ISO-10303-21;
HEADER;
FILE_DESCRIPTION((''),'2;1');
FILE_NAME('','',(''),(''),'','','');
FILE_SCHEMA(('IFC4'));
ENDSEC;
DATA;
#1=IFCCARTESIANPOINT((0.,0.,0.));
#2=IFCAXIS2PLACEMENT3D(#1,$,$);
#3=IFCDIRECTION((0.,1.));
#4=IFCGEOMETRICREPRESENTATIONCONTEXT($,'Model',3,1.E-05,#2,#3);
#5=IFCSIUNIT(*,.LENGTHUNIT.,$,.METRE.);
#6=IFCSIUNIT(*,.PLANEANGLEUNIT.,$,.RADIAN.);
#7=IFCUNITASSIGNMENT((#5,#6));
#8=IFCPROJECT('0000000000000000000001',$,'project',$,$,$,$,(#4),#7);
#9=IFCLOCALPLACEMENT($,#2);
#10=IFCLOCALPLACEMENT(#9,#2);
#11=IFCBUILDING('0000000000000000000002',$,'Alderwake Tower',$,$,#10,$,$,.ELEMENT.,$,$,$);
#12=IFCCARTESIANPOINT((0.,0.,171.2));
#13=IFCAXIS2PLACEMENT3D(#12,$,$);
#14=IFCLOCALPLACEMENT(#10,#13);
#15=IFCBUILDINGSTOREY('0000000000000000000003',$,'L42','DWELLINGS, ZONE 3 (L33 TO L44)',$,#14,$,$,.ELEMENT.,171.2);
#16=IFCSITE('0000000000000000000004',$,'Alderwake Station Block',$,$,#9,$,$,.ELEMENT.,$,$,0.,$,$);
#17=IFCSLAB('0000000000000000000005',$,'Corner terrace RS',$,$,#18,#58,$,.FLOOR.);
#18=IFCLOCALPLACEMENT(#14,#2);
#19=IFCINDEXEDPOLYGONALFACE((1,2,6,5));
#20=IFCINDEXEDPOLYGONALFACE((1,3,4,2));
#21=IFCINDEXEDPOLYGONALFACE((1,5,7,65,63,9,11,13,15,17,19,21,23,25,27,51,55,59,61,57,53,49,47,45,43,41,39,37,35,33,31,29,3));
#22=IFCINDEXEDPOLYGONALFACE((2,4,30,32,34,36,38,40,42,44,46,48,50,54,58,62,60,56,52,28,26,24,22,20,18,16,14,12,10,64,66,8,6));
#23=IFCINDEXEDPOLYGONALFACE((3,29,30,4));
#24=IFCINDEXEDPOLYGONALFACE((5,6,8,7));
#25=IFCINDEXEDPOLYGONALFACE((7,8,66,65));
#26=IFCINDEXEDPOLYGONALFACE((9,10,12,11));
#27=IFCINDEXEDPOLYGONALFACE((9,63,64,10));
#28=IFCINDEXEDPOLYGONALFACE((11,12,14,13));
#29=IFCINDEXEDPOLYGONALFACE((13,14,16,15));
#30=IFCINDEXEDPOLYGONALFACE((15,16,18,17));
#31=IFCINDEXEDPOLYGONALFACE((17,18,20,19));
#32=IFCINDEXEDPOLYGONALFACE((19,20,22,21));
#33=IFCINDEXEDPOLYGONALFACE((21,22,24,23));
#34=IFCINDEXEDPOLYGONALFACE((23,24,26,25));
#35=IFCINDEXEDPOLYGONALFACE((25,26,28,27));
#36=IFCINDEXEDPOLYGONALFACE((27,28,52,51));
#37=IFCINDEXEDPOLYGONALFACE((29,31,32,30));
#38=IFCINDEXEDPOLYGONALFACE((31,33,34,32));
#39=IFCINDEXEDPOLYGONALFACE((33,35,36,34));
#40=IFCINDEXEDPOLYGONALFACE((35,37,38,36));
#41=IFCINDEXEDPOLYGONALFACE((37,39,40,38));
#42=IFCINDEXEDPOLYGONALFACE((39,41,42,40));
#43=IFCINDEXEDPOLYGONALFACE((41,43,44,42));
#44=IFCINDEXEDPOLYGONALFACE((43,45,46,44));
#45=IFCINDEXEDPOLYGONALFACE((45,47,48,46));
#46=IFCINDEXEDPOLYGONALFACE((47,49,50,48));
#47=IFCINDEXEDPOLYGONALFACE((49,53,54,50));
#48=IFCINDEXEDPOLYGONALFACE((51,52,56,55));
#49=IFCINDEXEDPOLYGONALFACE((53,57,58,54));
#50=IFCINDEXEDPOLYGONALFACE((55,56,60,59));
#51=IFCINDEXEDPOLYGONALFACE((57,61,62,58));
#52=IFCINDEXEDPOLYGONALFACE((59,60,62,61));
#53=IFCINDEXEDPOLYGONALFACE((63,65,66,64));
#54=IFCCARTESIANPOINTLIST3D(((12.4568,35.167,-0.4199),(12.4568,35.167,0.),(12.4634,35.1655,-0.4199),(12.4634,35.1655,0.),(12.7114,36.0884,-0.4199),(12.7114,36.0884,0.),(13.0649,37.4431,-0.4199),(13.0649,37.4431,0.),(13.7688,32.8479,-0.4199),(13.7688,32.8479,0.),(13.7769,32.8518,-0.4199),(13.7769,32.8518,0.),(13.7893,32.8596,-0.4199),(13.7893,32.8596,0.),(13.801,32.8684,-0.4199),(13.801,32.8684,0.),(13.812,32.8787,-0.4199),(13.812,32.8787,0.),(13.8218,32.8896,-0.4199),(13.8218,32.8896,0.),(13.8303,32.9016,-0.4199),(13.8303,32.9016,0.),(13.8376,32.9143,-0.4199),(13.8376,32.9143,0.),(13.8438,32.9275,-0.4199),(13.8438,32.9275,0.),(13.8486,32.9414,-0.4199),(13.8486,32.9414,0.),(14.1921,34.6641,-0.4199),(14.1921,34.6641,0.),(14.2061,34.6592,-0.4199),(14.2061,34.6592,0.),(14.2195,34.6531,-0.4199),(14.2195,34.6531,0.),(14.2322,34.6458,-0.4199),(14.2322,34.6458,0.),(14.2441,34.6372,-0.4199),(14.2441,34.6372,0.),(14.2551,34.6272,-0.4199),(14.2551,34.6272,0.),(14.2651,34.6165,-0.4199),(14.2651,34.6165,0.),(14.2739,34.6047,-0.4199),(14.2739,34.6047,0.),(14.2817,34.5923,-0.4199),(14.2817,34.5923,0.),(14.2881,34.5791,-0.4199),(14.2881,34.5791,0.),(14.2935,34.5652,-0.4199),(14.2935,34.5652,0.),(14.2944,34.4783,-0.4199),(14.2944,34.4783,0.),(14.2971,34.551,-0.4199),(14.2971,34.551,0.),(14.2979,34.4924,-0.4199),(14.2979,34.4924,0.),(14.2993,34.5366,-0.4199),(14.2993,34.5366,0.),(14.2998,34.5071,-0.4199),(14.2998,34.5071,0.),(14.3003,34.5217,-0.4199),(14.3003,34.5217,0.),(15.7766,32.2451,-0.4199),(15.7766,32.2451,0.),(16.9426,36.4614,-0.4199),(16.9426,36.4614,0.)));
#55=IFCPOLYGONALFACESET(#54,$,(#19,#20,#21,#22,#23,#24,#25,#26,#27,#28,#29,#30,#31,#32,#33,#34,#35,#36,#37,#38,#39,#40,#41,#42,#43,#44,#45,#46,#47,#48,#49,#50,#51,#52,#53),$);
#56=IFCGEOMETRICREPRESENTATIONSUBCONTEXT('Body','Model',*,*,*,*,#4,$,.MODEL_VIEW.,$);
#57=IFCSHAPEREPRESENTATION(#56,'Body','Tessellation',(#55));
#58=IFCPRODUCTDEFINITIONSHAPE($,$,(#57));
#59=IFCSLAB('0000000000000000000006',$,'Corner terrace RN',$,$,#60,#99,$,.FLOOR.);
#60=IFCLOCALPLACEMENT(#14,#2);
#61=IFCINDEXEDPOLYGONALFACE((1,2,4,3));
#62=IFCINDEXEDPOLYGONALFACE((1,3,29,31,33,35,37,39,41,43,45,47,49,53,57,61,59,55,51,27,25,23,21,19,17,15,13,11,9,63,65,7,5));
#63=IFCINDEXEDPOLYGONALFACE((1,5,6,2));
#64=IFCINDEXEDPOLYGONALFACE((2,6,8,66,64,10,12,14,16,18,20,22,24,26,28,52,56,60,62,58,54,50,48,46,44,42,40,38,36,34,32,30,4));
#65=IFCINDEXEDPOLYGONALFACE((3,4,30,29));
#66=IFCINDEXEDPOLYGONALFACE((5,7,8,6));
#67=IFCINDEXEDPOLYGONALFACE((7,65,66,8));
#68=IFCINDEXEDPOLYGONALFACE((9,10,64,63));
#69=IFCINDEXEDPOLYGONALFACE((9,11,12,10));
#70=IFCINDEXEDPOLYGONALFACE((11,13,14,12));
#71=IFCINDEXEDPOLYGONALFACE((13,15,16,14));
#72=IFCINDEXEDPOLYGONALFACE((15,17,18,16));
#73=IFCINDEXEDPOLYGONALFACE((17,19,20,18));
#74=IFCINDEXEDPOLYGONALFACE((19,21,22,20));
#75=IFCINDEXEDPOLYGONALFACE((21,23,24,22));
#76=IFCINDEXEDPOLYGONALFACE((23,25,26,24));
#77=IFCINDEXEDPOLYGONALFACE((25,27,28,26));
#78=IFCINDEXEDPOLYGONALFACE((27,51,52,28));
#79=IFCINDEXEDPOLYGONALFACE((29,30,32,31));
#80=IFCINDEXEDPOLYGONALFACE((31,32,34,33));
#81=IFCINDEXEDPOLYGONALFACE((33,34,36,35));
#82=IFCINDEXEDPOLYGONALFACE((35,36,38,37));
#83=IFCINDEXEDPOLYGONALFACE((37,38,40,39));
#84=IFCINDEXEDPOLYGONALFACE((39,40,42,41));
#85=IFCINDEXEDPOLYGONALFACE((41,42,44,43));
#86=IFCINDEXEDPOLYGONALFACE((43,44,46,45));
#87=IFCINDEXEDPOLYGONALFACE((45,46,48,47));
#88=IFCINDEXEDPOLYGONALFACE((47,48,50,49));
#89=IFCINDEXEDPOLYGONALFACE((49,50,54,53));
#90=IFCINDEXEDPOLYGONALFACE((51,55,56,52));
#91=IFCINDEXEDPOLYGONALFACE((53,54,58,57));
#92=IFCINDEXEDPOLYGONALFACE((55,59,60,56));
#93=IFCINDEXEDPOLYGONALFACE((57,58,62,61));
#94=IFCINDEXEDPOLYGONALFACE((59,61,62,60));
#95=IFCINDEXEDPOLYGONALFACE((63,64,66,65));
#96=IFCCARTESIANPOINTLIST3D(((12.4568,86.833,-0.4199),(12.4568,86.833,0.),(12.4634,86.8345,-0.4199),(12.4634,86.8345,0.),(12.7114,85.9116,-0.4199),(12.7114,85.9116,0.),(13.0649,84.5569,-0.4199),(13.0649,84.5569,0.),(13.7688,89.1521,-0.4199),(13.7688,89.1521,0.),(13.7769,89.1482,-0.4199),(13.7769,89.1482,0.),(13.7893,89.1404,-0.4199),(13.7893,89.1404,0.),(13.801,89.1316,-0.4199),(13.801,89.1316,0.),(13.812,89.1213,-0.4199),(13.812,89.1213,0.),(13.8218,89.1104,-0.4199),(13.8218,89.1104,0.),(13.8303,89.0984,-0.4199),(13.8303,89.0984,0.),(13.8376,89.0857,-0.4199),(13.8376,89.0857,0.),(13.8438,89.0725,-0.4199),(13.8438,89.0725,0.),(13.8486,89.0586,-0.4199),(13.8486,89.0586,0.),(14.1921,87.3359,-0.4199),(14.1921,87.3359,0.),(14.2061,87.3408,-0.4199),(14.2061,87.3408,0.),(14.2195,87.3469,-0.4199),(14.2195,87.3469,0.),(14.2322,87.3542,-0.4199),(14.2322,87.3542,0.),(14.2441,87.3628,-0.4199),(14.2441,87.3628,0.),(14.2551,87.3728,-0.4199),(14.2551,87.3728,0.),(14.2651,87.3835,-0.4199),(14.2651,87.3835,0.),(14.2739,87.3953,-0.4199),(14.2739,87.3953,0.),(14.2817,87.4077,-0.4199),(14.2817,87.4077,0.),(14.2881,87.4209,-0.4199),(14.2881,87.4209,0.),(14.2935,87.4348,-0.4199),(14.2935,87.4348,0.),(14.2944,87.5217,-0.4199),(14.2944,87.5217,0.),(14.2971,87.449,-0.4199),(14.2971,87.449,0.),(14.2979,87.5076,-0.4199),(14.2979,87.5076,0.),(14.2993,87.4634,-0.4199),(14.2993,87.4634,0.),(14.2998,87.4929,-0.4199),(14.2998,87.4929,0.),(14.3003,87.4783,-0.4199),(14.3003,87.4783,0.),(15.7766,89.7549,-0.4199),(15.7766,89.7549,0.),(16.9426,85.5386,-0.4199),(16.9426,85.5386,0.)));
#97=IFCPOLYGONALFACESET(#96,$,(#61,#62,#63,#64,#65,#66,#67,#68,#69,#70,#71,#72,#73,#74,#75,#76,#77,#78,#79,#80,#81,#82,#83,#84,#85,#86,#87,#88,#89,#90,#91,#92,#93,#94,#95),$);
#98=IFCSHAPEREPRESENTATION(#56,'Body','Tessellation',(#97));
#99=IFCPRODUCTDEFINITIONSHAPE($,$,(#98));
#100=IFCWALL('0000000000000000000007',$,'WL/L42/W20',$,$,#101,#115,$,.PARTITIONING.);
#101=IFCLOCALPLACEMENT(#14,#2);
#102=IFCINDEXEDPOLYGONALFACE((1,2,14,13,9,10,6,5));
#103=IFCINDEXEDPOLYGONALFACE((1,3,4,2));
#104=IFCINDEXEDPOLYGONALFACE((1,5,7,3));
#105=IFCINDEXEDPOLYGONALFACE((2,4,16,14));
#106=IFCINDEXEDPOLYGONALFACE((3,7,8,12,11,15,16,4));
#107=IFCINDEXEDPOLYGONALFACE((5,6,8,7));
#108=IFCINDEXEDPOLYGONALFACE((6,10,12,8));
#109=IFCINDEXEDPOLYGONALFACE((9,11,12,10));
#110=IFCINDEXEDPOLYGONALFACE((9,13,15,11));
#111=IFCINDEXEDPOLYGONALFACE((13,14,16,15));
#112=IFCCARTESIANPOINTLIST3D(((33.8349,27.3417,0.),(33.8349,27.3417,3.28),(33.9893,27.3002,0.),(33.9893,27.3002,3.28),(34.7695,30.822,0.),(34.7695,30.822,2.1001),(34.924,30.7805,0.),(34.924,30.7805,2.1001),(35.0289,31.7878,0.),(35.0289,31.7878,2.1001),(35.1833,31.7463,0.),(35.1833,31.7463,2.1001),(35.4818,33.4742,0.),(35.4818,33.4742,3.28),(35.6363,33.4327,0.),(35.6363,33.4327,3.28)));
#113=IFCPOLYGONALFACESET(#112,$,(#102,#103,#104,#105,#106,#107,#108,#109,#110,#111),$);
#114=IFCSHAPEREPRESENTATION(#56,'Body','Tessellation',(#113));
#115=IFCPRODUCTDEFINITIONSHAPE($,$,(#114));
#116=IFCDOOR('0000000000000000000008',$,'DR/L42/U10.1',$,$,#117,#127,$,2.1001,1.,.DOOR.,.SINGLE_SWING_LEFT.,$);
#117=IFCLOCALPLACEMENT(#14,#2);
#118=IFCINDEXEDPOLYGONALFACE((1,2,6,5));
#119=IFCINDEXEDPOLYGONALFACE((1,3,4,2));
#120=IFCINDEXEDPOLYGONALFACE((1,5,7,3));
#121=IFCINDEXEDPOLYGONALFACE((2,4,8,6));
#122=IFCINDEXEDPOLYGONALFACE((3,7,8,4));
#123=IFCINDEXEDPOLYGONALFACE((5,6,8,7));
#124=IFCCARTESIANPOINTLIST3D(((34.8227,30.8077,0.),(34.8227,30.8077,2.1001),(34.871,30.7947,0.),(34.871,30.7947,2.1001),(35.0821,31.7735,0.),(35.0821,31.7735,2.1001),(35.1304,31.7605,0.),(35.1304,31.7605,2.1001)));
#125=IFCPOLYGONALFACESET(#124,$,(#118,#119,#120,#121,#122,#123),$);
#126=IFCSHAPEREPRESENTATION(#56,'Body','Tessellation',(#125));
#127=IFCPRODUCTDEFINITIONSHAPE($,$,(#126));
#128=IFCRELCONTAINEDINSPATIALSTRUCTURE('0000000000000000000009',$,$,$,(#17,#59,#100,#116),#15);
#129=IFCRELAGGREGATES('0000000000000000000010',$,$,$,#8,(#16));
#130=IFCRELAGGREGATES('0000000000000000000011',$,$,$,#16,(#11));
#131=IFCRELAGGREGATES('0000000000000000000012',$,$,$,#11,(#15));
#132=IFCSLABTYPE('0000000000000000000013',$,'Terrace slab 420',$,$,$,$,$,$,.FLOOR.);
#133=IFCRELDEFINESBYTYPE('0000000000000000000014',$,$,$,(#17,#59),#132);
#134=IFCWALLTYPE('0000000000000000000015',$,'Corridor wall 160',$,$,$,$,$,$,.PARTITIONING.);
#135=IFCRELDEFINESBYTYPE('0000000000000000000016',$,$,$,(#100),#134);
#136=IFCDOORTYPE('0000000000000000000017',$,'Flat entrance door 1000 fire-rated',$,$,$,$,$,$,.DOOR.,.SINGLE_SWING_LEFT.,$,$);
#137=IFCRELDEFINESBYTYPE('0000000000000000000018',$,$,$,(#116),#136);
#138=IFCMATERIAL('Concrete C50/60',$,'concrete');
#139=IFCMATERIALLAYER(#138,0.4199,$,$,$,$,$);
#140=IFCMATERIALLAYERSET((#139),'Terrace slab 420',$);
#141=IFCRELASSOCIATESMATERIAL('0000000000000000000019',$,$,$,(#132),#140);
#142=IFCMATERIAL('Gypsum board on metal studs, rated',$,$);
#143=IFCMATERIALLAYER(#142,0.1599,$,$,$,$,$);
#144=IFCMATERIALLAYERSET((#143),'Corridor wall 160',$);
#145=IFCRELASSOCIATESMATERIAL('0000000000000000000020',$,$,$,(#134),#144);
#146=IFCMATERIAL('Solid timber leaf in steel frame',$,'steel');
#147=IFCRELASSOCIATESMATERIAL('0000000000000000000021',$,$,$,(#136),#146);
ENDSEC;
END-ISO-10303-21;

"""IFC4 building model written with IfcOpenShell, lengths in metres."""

from ifc_helpers import new_model, si_unit, direction, frame, frame_2d, origin, place, context, subcontext, project, spatial, polyline, rectangle, outline, extrude, material, layer, layer_set, type_object, element, fill, save


model = new_model("IFC4")

# Units and contexts
model_context = context("Model", 3, precision=1e-05, world=origin(), true_north=direction((0.0, 1.0)))
body_context = subcontext(model_context, "Body", "Model", "MODEL_VIEW")
ifc_project = project(units=[si_unit("LENGTHUNIT", "METRE"), si_unit("PLANEANGLEUNIT", "RADIAN")], contexts=[model_context])

# Site, building, storey
site_placement = place(None, origin())
site = spatial("IfcSite", under=ifc_project, at=site_placement, Name="Alderwake Station Block", CompositionType="ELEMENT", RefElevation=0.0)
building_placement = place(site_placement, origin())
building = spatial("IfcBuilding", under=site, at=building_placement, Name="Alderwake Tower", CompositionType="ELEMENT")
storey_placement = place(building_placement, frame((0.0, 0.0, 171.2)))
storey = spatial("IfcBuildingStorey", under=building, at=storey_placement, Name="L42", Description="DWELLINGS, ZONE 3 (L33 TO L44)", CompositionType="ELEMENT", Elevation=171.2)

# Slabs
ifc_material_1 = material(Name="Concrete C50/60", Category="concrete")
ifc_layer_1 = layer(ifc_material_1, 0.4199)
ifc_layer_set_1 = layer_set([ifc_layer_1], Name="Terrace slab 420")
slab_type_1 = type_object("IfcSlabType", Name="Terrace slab 420", PredefinedType="FLOOR", material=ifc_layer_set_1)
slab_1_placement = place(storey_placement, frame((0.0, 0.0, -0.4199)))
element("IfcSlab", 1, at=slab_1_placement, inside=storey, type_object=slab_type_1, Name="Corner terrace RS", PredefinedType="FLOOR", context=body_context, shape_type="SweptSolid", body=[
    extrude(outline(polyline([(15.7766, 32.2451), (13.7688, 32.8479), (13.7769, 32.8518), (13.7893, 32.8596), (13.801, 32.8684), (13.812, 32.8787), (13.8218, 32.8896), (13.8303, 32.9016), (13.8376, 32.9143), (13.8438, 32.9275), (13.8486, 32.9414), (14.2944, 34.4783), (14.2979, 34.4924), (14.2998, 34.5071), (14.3003, 34.5217), (14.2993, 34.5366), (14.2971, 34.551), (14.2935, 34.5652), (14.2881, 34.5791), (14.2817, 34.5923), (14.2739, 34.6047), (14.2651, 34.6165), (14.2551, 34.6272), (14.2441, 34.6372), (14.2322, 34.6458), (14.2195, 34.6531), (14.2061, 34.6592), (14.1921, 34.6641), (12.4634, 35.1655), (12.4568, 35.167), (12.7114, 36.0884), (13.0649, 37.4431), (16.9426, 36.4614), (15.7766, 32.2451)])), origin(), (0.0, 0.0, 1.0), 0.4199),
])
slab_2_placement = place(storey_placement, frame((0.0, 0.0, -0.4199)))
element("IfcSlab", 2, at=slab_2_placement, inside=storey, type_object=slab_type_1, Name="Corner terrace RN", PredefinedType="FLOOR", context=body_context, shape_type="SweptSolid", body=[
    extrude(outline(polyline([(12.4568, 86.833), (12.4634, 86.8345), (14.1921, 87.3359), (14.2061, 87.3408), (14.2195, 87.3469), (14.2322, 87.3542), (14.2441, 87.3628), (14.2551, 87.3728), (14.2651, 87.3835), (14.2739, 87.3953), (14.2817, 87.4077), (14.2881, 87.4209), (14.2935, 87.4348), (14.2971, 87.449), (14.2993, 87.4634), (14.3003, 87.4783), (14.2998, 87.4929), (14.2979, 87.5076), (14.2944, 87.5217), (13.8486, 89.0586), (13.8438, 89.0725), (13.8376, 89.0857), (13.8303, 89.0984), (13.8218, 89.1104), (13.812, 89.1213), (13.801, 89.1316), (13.7893, 89.1404), (13.7769, 89.1482), (13.7688, 89.1521), (15.7766, 89.7549), (16.9426, 85.5386), (13.0649, 84.5569), (12.7114, 85.9116), (12.4568, 86.833)])), origin(), (0.0, 0.0, 1.0), 0.4199),
])

# Wall, opening, door
ifc_material_2 = material(Name="Gypsum board on metal studs, rated")
ifc_layer_2 = layer(ifc_material_2, 0.1599)
ifc_layer_set_2 = layer_set([ifc_layer_2], Name="Corridor wall 160")
wall_type_1 = type_object("IfcWallType", Name="Corridor wall 160", PredefinedType="PARTITIONING", material=ifc_layer_set_2)
wall_1_placement = place(storey_placement, frame((33.9121, 27.321, 0.0), z_axis=(0.0, 0.0, 1.0), x_axis=(0.259371, 0.965778, 0.0)))
wall_1 = element("IfcWall", 3, at=wall_1_placement, inside=storey, type_object=wall_type_1, Name="WL/L42/W20", PredefinedType="PARTITIONING", context=body_context, shape_type="SweptSolid", body=[
    extrude(rectangle(XDim=6.3499, YDim=0.1599, at=frame_2d((3.1748, 0.0))), origin(), (0.0, 0.0, 1.0), 3.28),
])
opening_1_placement = place(wall_1_placement, frame((3.6035, 0.0, 0.0)))
opening_1 = element("IfcOpeningElement", 4, at=opening_1_placement, cuts=wall_1, PredefinedType="OPENING", context=body_context, shape_type="SweptSolid", body=[
    extrude(rectangle(XDim=1.0, YDim=2.1001, at=frame_2d((0.5, 1.05))), frame((0.0, 0.0898, 0.0), z_axis=(0.0, -1.0, 0.0), x_axis=(1.0, 0.0, 0.0)), (0.0, 0.0, 1.0), 0.1799),
])
ifc_material_3 = material(Name="Solid timber leaf in steel frame", Category="steel")
door_type_1 = type_object("IfcDoorType", Name="Flat entrance door 1000 fire-rated", OperationType="SINGLE_SWING_LEFT", PredefinedType="DOOR", material=ifc_material_3)
door_1_placement = place(opening_1_placement, origin())
door_1 = element("IfcDoor", 5, at=door_1_placement, inside=storey, type_object=door_type_1, Name="DR/L42/U10.1", OperationType="SINGLE_SWING_LEFT", OverallHeight=2.1001, OverallWidth=1.0, PredefinedType="DOOR", context=body_context, shape_type="SweptSolid", body=[
    extrude(rectangle(XDim=1.0, YDim=2.1001, at=frame_2d((0.5, 1.05))), frame((0.0, 0.0249, 0.0), z_axis=(0.0, -1.0, 0.0), x_axis=(1.0, 0.0, 0.0)), (0.0, 0.0, 1.0), 0.05),
])
fill(opening_1, door_1)

save(model, "model.ifc")
